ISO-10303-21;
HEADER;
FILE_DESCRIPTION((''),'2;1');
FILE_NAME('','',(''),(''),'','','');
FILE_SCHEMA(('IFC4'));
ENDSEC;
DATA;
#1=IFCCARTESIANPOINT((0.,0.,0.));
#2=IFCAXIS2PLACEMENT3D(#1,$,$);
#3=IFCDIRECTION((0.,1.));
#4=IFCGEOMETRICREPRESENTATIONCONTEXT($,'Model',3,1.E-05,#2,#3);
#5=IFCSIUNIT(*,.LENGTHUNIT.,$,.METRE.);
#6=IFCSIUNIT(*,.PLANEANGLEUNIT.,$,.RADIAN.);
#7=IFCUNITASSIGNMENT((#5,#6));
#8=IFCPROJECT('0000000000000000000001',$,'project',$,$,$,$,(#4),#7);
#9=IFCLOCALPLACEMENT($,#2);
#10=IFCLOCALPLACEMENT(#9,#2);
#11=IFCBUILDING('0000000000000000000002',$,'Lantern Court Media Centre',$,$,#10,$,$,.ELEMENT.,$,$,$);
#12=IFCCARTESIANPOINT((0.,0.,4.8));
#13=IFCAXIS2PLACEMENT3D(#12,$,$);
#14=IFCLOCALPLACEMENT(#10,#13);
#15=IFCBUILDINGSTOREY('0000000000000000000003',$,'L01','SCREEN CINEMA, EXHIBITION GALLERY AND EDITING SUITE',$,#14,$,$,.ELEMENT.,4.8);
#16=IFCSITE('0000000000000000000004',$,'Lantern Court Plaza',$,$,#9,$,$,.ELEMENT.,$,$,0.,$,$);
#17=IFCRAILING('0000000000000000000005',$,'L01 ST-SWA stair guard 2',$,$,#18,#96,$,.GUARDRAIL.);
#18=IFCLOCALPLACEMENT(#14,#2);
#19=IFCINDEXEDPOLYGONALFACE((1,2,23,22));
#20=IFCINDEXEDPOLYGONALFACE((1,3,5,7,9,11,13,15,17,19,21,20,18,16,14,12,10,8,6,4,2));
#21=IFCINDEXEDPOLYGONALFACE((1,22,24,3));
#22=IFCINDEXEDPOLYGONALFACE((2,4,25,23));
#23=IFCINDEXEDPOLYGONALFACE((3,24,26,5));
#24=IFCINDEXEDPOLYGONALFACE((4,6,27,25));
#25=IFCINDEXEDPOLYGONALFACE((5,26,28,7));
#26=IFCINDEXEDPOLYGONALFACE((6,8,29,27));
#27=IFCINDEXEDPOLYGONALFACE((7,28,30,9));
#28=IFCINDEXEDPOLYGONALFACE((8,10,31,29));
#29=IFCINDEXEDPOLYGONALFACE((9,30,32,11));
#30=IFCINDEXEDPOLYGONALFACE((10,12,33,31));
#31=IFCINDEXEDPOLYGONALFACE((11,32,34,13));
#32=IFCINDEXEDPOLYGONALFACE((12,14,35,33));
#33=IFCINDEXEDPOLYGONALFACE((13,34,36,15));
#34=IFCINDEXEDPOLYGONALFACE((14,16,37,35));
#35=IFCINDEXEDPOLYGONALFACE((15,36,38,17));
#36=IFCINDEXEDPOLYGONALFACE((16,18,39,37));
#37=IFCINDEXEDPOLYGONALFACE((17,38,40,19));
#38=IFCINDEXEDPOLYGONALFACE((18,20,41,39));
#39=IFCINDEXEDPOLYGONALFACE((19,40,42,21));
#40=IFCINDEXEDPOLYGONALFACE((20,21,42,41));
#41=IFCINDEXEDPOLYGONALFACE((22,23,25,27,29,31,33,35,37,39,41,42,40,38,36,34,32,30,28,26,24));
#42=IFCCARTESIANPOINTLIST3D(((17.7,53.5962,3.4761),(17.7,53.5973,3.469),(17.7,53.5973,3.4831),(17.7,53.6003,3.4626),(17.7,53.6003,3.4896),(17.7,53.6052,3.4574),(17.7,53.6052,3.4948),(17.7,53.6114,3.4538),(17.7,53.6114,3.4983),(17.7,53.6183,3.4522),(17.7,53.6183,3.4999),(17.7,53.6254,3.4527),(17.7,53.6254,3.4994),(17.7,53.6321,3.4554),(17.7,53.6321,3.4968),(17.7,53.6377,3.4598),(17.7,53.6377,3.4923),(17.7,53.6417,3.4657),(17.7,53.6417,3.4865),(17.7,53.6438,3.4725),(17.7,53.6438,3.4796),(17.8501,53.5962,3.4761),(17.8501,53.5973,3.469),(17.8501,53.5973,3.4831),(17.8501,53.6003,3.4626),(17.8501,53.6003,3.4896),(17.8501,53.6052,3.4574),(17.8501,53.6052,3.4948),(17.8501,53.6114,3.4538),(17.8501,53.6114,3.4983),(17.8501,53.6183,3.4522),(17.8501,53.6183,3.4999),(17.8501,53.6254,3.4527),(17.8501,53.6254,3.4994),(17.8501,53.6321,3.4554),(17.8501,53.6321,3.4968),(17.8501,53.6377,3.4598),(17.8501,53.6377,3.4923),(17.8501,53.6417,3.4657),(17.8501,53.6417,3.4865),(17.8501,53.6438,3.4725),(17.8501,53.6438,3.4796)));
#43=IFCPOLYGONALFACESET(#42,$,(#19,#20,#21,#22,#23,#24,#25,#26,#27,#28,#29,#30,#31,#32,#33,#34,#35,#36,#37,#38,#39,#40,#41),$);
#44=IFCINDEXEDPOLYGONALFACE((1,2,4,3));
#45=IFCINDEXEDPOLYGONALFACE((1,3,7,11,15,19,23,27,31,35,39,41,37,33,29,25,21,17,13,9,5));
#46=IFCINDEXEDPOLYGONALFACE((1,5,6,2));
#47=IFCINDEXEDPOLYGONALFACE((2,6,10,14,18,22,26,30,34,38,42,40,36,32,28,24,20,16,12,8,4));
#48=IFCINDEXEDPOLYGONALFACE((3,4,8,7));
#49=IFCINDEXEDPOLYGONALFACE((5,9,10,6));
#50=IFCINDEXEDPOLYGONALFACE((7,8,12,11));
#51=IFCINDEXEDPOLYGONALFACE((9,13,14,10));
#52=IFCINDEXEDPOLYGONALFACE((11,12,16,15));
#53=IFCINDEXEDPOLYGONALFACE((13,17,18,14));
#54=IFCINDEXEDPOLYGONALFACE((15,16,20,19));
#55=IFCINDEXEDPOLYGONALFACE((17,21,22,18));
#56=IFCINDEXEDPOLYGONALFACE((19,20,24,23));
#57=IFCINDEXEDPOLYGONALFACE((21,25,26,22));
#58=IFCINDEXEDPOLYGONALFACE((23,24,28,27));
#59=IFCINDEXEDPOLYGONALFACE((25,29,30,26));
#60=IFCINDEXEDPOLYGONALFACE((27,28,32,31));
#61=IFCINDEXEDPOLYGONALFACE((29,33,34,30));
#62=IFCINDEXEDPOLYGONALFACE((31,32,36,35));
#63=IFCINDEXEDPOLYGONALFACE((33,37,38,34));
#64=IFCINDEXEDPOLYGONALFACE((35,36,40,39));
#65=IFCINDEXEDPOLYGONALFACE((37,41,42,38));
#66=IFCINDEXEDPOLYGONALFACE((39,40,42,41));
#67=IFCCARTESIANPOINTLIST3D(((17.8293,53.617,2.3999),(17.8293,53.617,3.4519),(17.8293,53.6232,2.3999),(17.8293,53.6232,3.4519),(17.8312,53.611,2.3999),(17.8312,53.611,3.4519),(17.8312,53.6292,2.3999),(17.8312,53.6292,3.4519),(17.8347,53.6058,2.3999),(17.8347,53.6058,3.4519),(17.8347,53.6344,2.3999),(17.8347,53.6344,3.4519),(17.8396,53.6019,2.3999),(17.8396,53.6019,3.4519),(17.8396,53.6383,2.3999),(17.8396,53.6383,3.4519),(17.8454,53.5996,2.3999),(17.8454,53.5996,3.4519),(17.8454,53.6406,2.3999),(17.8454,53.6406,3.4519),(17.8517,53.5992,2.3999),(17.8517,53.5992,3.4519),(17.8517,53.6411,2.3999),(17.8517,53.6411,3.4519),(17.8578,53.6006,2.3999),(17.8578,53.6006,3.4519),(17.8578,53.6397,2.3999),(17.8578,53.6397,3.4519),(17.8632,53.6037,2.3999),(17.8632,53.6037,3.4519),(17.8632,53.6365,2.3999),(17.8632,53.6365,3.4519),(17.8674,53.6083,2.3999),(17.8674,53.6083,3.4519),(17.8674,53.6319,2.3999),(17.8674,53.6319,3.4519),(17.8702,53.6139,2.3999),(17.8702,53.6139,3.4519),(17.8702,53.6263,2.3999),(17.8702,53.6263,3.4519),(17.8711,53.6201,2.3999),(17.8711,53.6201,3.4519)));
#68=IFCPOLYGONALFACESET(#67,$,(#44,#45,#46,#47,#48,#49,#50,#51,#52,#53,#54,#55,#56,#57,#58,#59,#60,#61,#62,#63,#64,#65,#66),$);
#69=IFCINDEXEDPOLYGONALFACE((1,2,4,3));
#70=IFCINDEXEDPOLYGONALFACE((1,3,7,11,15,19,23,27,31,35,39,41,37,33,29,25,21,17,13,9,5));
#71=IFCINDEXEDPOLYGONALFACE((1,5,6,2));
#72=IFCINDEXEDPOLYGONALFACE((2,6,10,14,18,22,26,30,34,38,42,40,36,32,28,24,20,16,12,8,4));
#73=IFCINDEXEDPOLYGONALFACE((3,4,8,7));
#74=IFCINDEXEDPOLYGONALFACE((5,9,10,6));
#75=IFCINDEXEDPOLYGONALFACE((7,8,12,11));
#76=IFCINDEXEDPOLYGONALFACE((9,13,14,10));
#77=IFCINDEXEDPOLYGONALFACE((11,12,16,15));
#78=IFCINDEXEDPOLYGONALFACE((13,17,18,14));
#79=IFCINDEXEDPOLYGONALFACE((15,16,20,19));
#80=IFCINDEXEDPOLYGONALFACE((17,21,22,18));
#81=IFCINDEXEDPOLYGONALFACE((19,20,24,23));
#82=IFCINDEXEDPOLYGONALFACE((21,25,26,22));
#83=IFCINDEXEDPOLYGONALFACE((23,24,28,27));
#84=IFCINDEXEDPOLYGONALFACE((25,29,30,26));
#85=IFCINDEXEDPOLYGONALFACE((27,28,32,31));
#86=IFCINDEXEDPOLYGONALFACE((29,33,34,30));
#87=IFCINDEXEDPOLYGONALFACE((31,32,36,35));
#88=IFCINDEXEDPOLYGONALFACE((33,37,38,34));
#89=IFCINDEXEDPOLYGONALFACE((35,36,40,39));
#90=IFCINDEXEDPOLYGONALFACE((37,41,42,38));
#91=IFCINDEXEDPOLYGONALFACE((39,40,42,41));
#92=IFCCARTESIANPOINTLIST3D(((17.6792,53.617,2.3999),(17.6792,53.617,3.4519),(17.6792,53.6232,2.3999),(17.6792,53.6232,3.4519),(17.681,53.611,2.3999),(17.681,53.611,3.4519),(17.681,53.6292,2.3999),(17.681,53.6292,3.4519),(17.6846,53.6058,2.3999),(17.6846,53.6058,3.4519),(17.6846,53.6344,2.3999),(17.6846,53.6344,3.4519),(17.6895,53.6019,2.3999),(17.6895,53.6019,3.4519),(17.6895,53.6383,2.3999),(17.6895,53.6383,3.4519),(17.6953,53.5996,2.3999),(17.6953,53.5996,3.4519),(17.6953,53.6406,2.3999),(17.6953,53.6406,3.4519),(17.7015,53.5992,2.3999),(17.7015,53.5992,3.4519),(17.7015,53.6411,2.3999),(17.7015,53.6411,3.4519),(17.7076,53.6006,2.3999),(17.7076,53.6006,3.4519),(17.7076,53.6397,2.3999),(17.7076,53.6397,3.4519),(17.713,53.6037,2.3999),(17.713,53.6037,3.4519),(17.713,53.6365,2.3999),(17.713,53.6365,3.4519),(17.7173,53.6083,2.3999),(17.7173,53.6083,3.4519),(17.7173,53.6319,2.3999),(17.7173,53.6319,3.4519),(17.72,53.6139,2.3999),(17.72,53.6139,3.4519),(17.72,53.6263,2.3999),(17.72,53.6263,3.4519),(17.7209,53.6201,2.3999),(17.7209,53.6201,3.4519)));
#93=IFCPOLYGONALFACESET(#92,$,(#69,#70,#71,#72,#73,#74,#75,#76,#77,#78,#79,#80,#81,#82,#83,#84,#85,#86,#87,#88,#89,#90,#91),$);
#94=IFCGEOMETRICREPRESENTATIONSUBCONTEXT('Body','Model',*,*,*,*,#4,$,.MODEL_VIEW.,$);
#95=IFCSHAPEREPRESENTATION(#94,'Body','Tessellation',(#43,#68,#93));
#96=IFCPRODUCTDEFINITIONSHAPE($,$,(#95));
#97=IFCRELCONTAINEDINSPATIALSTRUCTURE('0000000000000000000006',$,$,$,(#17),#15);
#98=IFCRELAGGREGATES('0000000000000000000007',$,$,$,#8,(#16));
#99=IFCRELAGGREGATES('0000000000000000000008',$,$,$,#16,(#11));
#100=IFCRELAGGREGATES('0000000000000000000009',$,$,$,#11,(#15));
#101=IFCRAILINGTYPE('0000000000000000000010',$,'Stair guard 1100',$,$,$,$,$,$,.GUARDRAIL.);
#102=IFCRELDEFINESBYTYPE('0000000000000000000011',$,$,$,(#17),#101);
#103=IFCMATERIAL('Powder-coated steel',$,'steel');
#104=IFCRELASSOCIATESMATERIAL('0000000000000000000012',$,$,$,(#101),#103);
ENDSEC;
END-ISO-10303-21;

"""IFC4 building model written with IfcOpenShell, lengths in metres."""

from ifc_helpers import new_model, si_unit, direction, frame, origin, origin_2d, place, context, subcontext, project, spatial, circle, extrude, material, type_object, element, save


model = new_model("IFC4")

# Units and contexts
model_context = context("Model", 3, precision=1e-05, world=origin(), true_north=direction((0.0, 1.0)))
body_context = subcontext(model_context, "Body", "Model", "MODEL_VIEW")
ifc_project = project(units=[si_unit("LENGTHUNIT", "METRE"), si_unit("PLANEANGLEUNIT", "RADIAN")], contexts=[model_context])

# Site, building, storey
site_placement = place(None, origin())
site = spatial("IfcSite", under=ifc_project, at=site_placement, Name="Lantern Court Plaza", CompositionType="ELEMENT", RefElevation=0.0)
building_placement = place(site_placement, origin())
building = spatial("IfcBuilding", under=site, at=building_placement, Name="Lantern Court Media Centre", CompositionType="ELEMENT")
storey_placement = place(building_placement, frame((0.0, 0.0, 4.8)))
storey = spatial("IfcBuildingStorey", under=building, at=storey_placement, Name="L01", Description="SCREEN CINEMA, EXHIBITION GALLERY AND EDITING SUITE", CompositionType="ELEMENT", Elevation=4.8)

# Railing
ifc_material_1 = material(Name="Powder-coated steel", Category="steel")
railing_type_1 = type_object("IfcRailingType", Name="Stair guard 1100", PredefinedType="GUARDRAIL", material=ifc_material_1)
railing_1_placement = place(storey_placement, frame((17.8501, 53.6201, 2.3999)))
element("IfcRailing", 1, at=railing_1_placement, inside=storey, type_object=railing_type_1, Name="L01 ST-SWA stair guard 2", PredefinedType="GUARDRAIL", context=body_context, shape_type="SweptSolid", body=[
    extrude(circle(Radius=0.0239, at=origin_2d()), frame((0.0, 0.0, 1.0762), z_axis=(-1.0, 0.0, 0.0), x_axis=(0.0, -1.0, 0.0)), (0.0, 0.0, 1.0), 0.1501),
    extrude(circle(Radius=0.021, at=origin_2d()), origin(), (0.0, 0.0, 1.0), 1.052),
    extrude(circle(Radius=0.021, at=origin_2d()), frame((-0.1501, 0.0, 0.0)), (0.0, 0.0, 1.0), 1.052),
])

save(model, "model.ifc")
